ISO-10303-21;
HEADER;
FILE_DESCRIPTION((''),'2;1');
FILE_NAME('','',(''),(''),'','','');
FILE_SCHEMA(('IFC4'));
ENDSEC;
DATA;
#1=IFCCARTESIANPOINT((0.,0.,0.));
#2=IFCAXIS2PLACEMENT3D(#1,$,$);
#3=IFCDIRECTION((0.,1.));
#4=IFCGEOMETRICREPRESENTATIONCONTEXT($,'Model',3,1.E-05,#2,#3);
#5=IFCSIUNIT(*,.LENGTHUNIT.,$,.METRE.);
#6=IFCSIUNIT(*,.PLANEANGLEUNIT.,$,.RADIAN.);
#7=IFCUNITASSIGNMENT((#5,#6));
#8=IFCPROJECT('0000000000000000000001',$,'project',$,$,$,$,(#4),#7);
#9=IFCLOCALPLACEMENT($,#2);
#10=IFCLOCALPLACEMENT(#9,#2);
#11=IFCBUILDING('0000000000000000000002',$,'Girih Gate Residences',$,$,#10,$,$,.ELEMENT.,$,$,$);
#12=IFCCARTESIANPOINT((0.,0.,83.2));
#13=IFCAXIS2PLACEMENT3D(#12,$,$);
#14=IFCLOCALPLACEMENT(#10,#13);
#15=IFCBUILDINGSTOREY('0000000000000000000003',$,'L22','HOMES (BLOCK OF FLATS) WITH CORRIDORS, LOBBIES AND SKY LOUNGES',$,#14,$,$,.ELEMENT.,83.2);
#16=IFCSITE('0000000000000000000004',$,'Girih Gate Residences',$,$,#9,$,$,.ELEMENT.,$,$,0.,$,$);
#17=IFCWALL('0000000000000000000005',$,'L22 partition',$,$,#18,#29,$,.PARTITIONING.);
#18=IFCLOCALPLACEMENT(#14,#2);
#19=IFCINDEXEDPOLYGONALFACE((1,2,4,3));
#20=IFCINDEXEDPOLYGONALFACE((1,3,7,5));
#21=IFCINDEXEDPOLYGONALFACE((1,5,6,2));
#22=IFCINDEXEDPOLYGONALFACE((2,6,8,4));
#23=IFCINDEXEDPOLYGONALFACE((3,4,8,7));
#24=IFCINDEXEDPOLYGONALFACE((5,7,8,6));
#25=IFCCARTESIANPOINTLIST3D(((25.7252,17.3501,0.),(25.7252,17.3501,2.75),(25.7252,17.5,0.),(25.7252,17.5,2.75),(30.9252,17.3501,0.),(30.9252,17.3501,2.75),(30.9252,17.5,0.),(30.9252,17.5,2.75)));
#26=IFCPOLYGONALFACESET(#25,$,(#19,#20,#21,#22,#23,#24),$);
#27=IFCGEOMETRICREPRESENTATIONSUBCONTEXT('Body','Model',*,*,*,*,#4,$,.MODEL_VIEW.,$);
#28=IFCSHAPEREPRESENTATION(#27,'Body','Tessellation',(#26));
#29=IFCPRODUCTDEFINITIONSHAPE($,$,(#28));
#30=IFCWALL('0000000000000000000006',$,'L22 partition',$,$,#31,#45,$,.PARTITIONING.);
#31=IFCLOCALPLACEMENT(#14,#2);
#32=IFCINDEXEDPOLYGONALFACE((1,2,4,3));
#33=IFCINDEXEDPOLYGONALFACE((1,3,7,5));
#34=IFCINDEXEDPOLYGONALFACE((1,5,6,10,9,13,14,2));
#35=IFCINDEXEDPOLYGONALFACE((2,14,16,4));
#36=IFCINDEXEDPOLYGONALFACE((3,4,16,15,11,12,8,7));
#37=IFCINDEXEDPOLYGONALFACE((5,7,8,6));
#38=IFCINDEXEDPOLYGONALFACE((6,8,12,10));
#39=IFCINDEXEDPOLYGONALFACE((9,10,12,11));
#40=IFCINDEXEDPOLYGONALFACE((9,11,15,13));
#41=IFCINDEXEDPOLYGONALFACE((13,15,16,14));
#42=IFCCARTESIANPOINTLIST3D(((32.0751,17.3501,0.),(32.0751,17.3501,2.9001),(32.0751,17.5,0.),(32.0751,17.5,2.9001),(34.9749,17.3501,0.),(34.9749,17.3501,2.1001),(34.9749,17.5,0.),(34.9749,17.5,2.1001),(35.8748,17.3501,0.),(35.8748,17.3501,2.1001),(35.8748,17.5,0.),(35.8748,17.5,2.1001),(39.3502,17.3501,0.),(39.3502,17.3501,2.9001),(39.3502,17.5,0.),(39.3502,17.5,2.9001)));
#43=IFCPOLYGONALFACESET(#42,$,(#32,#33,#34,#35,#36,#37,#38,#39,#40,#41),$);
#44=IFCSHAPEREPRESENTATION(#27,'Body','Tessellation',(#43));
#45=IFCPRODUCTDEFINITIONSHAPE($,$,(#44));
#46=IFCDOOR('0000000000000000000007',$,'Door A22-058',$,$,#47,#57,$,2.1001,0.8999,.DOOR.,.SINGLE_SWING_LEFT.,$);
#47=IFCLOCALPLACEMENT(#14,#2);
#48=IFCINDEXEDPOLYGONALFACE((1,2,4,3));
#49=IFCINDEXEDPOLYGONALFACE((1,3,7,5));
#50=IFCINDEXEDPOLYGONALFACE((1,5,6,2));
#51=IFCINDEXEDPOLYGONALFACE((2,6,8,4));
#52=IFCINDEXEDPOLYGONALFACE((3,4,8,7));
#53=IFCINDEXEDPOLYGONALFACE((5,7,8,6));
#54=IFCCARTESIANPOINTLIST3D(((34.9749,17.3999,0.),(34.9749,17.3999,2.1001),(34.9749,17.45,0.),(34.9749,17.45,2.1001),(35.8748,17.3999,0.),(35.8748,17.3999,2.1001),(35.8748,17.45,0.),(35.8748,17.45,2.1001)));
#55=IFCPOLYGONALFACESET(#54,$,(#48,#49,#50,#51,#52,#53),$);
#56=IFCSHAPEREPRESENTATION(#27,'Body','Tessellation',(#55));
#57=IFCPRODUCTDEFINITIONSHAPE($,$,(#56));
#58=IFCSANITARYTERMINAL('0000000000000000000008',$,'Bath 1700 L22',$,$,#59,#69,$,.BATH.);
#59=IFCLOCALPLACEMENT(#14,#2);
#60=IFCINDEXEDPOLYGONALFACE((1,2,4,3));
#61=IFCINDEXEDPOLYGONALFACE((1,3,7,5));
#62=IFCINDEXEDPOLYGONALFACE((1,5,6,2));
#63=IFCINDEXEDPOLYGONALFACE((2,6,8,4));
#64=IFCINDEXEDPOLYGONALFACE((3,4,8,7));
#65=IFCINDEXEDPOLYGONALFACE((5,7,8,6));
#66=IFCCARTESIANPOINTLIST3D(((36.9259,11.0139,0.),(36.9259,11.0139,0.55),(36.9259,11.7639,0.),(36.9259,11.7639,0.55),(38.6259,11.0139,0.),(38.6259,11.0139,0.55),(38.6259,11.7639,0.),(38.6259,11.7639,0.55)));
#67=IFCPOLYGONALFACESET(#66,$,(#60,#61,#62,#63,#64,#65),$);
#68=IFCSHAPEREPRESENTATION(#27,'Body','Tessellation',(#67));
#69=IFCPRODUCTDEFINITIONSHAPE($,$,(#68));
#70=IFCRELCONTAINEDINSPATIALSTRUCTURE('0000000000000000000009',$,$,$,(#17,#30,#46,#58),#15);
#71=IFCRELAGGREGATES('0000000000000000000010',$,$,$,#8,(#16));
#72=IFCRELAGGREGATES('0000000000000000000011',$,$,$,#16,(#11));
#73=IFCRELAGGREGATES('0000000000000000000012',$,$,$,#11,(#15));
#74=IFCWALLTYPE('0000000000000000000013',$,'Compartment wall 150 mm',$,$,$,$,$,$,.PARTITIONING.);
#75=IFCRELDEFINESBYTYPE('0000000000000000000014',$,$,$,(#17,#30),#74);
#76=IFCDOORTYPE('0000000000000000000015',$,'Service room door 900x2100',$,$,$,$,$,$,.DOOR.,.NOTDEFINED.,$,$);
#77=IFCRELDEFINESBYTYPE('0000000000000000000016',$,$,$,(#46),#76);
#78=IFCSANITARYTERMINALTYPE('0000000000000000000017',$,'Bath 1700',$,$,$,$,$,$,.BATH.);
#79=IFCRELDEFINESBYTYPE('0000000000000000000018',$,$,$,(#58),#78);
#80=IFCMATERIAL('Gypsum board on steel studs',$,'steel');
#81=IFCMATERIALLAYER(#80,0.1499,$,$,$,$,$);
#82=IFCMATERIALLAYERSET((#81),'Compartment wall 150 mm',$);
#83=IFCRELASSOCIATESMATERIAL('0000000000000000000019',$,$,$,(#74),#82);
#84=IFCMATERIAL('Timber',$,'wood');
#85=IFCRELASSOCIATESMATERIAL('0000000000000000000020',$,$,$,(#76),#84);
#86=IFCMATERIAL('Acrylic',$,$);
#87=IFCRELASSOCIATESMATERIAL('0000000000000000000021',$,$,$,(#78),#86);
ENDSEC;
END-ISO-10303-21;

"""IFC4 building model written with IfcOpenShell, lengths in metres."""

from ifc_helpers import new_model, si_unit, direction, frame, frame_2d, origin, origin_2d, place, context, subcontext, project, spatial, rectangle, extrude, material, layer, layer_set, type_object, element, fill, save


model = new_model("IFC4")

# Units and contexts
model_context = context("Model", 3, precision=1e-05, world=origin(), true_north=direction((0.0, 1.0)))
body_context = subcontext(model_context, "Body", "Model", "MODEL_VIEW")
ifc_project = project(units=[si_unit("LENGTHUNIT", "METRE"), si_unit("PLANEANGLEUNIT", "RADIAN")], contexts=[model_context])

# Site, building, storey
site_placement = place(None, origin())
site = spatial("IfcSite", under=ifc_project, at=site_placement, Name="Girih Gate Residences", CompositionType="ELEMENT", RefElevation=0.0)
building_placement = place(site_placement, origin())
building = spatial("IfcBuilding", under=site, at=building_placement, Name="Girih Gate Residences", CompositionType="ELEMENT")
storey_placement = place(building_placement, frame((0.0, 0.0, 83.2)))
storey = spatial("IfcBuildingStorey", under=building, at=storey_placement, Name="L22", Description="HOMES (BLOCK OF FLATS) WITH CORRIDORS, LOBBIES AND SKY LOUNGES", CompositionType="ELEMENT", Elevation=83.2)

# Shared definitions
ifc_material_1 = material(Name="Gypsum board on steel studs", Category="steel")
ifc_layer_1 = layer(ifc_material_1, 0.1499)
ifc_layer_set_1 = layer_set([ifc_layer_1], Name="Compartment wall 150 mm")
wall_type_1 = type_object("IfcWallType", Name="Compartment wall 150 mm", PredefinedType="PARTITIONING", material=ifc_layer_set_1)

# Wall
wall_1_placement = place(storey_placement, frame((25.7251, 17.425, 0.0), z_axis=(0.0, 0.0, 1.0), x_axis=(1.0, 0.0, 0.0)))
element("IfcWall", 1, at=wall_1_placement, inside=storey, type_object=wall_type_1, Name="L22 partition", PredefinedType="PARTITIONING", context=body_context, shape_type="SweptSolid", body=[
    extrude(rectangle(XDim=5.2, YDim=0.1499, at=frame_2d((2.6001, 0.0))), origin(), (0.0, 0.0, 1.0), 2.75),
])

# Wall, opening, door
wall_2_placement = place(storey_placement, frame((32.075, 17.425, 0.0), z_axis=(0.0, 0.0, 1.0), x_axis=(1.0, 0.0, 0.0)))
wall_2 = element("IfcWall", 2, at=wall_2_placement, inside=storey, type_object=wall_type_1, Name="L22 partition", PredefinedType="PARTITIONING", context=body_context, shape_type="SweptSolid", body=[
    extrude(rectangle(XDim=7.2751, YDim=0.1499, at=frame_2d((3.6377, 0.0))), origin(), (0.0, 0.0, 1.0), 2.9001),
])
opening_1_placement = place(wall_2_placement, frame((2.8999, 0.0, 0.0)))
opening_1 = element("IfcOpeningElement", 3, at=opening_1_placement, cuts=wall_2, PredefinedType="OPENING", context=body_context, shape_type="SweptSolid", body=[
    extrude(rectangle(XDim=0.8999, YDim=2.1001, at=frame_2d((0.45, 1.05))), frame((0.0, 0.085, 0.0), z_axis=(0.0, -1.0, 0.0), x_axis=(1.0, 0.0, 0.0)), (0.0, 0.0, 1.0), 0.1699),
])
ifc_material_2 = material(Name="Timber", Category="wood")
door_type_1 = type_object("IfcDoorType", Name="Service room door 900x2100", OperationType="NOTDEFINED", PredefinedType="DOOR", material=ifc_material_2)
door_1_placement = place(opening_1_placement, origin())
door_1 = element("IfcDoor", 4, at=door_1_placement, inside=storey, type_object=door_type_1, Name="Door A22-058", OperationType="SINGLE_SWING_LEFT", OverallHeight=2.1001, OverallWidth=0.8999, PredefinedType="DOOR", context=body_context, shape_type="SweptSolid", body=[
    extrude(rectangle(XDim=0.8999, YDim=2.1001, at=frame_2d((0.45, 1.05))), frame((0.0, 0.0249, 0.0), z_axis=(0.0, -1.0, 0.0), x_axis=(1.0, 0.0, 0.0)), (0.0, 0.0, 1.0), 0.05),
])
fill(opening_1, door_1)

# Sanitary terminal
ifc_material_3 = material(Name="Acrylic")
sanitary_terminal_type = type_object("IfcSanitaryTerminalType", Name="Bath 1700", PredefinedType="BATH", material=ifc_material_3)
sanitary_terminal_placement = place(storey_placement, frame((37.7759, 11.3889, 0.0), z_axis=(0.0, 0.0, 1.0), x_axis=(1.0, 0.0, 0.0)))
element("IfcSanitaryTerminal", 5, at=sanitary_terminal_placement, inside=storey, type_object=sanitary_terminal_type, Name="Bath 1700 L22", PredefinedType="BATH", context=body_context, shape_type="SweptSolid", body=[
    extrude(rectangle(XDim=1.7, YDim=0.75, at=origin_2d()), origin(), (0.0, 0.0, 1.0), 0.55),
])

save(model, "model.ifc")
